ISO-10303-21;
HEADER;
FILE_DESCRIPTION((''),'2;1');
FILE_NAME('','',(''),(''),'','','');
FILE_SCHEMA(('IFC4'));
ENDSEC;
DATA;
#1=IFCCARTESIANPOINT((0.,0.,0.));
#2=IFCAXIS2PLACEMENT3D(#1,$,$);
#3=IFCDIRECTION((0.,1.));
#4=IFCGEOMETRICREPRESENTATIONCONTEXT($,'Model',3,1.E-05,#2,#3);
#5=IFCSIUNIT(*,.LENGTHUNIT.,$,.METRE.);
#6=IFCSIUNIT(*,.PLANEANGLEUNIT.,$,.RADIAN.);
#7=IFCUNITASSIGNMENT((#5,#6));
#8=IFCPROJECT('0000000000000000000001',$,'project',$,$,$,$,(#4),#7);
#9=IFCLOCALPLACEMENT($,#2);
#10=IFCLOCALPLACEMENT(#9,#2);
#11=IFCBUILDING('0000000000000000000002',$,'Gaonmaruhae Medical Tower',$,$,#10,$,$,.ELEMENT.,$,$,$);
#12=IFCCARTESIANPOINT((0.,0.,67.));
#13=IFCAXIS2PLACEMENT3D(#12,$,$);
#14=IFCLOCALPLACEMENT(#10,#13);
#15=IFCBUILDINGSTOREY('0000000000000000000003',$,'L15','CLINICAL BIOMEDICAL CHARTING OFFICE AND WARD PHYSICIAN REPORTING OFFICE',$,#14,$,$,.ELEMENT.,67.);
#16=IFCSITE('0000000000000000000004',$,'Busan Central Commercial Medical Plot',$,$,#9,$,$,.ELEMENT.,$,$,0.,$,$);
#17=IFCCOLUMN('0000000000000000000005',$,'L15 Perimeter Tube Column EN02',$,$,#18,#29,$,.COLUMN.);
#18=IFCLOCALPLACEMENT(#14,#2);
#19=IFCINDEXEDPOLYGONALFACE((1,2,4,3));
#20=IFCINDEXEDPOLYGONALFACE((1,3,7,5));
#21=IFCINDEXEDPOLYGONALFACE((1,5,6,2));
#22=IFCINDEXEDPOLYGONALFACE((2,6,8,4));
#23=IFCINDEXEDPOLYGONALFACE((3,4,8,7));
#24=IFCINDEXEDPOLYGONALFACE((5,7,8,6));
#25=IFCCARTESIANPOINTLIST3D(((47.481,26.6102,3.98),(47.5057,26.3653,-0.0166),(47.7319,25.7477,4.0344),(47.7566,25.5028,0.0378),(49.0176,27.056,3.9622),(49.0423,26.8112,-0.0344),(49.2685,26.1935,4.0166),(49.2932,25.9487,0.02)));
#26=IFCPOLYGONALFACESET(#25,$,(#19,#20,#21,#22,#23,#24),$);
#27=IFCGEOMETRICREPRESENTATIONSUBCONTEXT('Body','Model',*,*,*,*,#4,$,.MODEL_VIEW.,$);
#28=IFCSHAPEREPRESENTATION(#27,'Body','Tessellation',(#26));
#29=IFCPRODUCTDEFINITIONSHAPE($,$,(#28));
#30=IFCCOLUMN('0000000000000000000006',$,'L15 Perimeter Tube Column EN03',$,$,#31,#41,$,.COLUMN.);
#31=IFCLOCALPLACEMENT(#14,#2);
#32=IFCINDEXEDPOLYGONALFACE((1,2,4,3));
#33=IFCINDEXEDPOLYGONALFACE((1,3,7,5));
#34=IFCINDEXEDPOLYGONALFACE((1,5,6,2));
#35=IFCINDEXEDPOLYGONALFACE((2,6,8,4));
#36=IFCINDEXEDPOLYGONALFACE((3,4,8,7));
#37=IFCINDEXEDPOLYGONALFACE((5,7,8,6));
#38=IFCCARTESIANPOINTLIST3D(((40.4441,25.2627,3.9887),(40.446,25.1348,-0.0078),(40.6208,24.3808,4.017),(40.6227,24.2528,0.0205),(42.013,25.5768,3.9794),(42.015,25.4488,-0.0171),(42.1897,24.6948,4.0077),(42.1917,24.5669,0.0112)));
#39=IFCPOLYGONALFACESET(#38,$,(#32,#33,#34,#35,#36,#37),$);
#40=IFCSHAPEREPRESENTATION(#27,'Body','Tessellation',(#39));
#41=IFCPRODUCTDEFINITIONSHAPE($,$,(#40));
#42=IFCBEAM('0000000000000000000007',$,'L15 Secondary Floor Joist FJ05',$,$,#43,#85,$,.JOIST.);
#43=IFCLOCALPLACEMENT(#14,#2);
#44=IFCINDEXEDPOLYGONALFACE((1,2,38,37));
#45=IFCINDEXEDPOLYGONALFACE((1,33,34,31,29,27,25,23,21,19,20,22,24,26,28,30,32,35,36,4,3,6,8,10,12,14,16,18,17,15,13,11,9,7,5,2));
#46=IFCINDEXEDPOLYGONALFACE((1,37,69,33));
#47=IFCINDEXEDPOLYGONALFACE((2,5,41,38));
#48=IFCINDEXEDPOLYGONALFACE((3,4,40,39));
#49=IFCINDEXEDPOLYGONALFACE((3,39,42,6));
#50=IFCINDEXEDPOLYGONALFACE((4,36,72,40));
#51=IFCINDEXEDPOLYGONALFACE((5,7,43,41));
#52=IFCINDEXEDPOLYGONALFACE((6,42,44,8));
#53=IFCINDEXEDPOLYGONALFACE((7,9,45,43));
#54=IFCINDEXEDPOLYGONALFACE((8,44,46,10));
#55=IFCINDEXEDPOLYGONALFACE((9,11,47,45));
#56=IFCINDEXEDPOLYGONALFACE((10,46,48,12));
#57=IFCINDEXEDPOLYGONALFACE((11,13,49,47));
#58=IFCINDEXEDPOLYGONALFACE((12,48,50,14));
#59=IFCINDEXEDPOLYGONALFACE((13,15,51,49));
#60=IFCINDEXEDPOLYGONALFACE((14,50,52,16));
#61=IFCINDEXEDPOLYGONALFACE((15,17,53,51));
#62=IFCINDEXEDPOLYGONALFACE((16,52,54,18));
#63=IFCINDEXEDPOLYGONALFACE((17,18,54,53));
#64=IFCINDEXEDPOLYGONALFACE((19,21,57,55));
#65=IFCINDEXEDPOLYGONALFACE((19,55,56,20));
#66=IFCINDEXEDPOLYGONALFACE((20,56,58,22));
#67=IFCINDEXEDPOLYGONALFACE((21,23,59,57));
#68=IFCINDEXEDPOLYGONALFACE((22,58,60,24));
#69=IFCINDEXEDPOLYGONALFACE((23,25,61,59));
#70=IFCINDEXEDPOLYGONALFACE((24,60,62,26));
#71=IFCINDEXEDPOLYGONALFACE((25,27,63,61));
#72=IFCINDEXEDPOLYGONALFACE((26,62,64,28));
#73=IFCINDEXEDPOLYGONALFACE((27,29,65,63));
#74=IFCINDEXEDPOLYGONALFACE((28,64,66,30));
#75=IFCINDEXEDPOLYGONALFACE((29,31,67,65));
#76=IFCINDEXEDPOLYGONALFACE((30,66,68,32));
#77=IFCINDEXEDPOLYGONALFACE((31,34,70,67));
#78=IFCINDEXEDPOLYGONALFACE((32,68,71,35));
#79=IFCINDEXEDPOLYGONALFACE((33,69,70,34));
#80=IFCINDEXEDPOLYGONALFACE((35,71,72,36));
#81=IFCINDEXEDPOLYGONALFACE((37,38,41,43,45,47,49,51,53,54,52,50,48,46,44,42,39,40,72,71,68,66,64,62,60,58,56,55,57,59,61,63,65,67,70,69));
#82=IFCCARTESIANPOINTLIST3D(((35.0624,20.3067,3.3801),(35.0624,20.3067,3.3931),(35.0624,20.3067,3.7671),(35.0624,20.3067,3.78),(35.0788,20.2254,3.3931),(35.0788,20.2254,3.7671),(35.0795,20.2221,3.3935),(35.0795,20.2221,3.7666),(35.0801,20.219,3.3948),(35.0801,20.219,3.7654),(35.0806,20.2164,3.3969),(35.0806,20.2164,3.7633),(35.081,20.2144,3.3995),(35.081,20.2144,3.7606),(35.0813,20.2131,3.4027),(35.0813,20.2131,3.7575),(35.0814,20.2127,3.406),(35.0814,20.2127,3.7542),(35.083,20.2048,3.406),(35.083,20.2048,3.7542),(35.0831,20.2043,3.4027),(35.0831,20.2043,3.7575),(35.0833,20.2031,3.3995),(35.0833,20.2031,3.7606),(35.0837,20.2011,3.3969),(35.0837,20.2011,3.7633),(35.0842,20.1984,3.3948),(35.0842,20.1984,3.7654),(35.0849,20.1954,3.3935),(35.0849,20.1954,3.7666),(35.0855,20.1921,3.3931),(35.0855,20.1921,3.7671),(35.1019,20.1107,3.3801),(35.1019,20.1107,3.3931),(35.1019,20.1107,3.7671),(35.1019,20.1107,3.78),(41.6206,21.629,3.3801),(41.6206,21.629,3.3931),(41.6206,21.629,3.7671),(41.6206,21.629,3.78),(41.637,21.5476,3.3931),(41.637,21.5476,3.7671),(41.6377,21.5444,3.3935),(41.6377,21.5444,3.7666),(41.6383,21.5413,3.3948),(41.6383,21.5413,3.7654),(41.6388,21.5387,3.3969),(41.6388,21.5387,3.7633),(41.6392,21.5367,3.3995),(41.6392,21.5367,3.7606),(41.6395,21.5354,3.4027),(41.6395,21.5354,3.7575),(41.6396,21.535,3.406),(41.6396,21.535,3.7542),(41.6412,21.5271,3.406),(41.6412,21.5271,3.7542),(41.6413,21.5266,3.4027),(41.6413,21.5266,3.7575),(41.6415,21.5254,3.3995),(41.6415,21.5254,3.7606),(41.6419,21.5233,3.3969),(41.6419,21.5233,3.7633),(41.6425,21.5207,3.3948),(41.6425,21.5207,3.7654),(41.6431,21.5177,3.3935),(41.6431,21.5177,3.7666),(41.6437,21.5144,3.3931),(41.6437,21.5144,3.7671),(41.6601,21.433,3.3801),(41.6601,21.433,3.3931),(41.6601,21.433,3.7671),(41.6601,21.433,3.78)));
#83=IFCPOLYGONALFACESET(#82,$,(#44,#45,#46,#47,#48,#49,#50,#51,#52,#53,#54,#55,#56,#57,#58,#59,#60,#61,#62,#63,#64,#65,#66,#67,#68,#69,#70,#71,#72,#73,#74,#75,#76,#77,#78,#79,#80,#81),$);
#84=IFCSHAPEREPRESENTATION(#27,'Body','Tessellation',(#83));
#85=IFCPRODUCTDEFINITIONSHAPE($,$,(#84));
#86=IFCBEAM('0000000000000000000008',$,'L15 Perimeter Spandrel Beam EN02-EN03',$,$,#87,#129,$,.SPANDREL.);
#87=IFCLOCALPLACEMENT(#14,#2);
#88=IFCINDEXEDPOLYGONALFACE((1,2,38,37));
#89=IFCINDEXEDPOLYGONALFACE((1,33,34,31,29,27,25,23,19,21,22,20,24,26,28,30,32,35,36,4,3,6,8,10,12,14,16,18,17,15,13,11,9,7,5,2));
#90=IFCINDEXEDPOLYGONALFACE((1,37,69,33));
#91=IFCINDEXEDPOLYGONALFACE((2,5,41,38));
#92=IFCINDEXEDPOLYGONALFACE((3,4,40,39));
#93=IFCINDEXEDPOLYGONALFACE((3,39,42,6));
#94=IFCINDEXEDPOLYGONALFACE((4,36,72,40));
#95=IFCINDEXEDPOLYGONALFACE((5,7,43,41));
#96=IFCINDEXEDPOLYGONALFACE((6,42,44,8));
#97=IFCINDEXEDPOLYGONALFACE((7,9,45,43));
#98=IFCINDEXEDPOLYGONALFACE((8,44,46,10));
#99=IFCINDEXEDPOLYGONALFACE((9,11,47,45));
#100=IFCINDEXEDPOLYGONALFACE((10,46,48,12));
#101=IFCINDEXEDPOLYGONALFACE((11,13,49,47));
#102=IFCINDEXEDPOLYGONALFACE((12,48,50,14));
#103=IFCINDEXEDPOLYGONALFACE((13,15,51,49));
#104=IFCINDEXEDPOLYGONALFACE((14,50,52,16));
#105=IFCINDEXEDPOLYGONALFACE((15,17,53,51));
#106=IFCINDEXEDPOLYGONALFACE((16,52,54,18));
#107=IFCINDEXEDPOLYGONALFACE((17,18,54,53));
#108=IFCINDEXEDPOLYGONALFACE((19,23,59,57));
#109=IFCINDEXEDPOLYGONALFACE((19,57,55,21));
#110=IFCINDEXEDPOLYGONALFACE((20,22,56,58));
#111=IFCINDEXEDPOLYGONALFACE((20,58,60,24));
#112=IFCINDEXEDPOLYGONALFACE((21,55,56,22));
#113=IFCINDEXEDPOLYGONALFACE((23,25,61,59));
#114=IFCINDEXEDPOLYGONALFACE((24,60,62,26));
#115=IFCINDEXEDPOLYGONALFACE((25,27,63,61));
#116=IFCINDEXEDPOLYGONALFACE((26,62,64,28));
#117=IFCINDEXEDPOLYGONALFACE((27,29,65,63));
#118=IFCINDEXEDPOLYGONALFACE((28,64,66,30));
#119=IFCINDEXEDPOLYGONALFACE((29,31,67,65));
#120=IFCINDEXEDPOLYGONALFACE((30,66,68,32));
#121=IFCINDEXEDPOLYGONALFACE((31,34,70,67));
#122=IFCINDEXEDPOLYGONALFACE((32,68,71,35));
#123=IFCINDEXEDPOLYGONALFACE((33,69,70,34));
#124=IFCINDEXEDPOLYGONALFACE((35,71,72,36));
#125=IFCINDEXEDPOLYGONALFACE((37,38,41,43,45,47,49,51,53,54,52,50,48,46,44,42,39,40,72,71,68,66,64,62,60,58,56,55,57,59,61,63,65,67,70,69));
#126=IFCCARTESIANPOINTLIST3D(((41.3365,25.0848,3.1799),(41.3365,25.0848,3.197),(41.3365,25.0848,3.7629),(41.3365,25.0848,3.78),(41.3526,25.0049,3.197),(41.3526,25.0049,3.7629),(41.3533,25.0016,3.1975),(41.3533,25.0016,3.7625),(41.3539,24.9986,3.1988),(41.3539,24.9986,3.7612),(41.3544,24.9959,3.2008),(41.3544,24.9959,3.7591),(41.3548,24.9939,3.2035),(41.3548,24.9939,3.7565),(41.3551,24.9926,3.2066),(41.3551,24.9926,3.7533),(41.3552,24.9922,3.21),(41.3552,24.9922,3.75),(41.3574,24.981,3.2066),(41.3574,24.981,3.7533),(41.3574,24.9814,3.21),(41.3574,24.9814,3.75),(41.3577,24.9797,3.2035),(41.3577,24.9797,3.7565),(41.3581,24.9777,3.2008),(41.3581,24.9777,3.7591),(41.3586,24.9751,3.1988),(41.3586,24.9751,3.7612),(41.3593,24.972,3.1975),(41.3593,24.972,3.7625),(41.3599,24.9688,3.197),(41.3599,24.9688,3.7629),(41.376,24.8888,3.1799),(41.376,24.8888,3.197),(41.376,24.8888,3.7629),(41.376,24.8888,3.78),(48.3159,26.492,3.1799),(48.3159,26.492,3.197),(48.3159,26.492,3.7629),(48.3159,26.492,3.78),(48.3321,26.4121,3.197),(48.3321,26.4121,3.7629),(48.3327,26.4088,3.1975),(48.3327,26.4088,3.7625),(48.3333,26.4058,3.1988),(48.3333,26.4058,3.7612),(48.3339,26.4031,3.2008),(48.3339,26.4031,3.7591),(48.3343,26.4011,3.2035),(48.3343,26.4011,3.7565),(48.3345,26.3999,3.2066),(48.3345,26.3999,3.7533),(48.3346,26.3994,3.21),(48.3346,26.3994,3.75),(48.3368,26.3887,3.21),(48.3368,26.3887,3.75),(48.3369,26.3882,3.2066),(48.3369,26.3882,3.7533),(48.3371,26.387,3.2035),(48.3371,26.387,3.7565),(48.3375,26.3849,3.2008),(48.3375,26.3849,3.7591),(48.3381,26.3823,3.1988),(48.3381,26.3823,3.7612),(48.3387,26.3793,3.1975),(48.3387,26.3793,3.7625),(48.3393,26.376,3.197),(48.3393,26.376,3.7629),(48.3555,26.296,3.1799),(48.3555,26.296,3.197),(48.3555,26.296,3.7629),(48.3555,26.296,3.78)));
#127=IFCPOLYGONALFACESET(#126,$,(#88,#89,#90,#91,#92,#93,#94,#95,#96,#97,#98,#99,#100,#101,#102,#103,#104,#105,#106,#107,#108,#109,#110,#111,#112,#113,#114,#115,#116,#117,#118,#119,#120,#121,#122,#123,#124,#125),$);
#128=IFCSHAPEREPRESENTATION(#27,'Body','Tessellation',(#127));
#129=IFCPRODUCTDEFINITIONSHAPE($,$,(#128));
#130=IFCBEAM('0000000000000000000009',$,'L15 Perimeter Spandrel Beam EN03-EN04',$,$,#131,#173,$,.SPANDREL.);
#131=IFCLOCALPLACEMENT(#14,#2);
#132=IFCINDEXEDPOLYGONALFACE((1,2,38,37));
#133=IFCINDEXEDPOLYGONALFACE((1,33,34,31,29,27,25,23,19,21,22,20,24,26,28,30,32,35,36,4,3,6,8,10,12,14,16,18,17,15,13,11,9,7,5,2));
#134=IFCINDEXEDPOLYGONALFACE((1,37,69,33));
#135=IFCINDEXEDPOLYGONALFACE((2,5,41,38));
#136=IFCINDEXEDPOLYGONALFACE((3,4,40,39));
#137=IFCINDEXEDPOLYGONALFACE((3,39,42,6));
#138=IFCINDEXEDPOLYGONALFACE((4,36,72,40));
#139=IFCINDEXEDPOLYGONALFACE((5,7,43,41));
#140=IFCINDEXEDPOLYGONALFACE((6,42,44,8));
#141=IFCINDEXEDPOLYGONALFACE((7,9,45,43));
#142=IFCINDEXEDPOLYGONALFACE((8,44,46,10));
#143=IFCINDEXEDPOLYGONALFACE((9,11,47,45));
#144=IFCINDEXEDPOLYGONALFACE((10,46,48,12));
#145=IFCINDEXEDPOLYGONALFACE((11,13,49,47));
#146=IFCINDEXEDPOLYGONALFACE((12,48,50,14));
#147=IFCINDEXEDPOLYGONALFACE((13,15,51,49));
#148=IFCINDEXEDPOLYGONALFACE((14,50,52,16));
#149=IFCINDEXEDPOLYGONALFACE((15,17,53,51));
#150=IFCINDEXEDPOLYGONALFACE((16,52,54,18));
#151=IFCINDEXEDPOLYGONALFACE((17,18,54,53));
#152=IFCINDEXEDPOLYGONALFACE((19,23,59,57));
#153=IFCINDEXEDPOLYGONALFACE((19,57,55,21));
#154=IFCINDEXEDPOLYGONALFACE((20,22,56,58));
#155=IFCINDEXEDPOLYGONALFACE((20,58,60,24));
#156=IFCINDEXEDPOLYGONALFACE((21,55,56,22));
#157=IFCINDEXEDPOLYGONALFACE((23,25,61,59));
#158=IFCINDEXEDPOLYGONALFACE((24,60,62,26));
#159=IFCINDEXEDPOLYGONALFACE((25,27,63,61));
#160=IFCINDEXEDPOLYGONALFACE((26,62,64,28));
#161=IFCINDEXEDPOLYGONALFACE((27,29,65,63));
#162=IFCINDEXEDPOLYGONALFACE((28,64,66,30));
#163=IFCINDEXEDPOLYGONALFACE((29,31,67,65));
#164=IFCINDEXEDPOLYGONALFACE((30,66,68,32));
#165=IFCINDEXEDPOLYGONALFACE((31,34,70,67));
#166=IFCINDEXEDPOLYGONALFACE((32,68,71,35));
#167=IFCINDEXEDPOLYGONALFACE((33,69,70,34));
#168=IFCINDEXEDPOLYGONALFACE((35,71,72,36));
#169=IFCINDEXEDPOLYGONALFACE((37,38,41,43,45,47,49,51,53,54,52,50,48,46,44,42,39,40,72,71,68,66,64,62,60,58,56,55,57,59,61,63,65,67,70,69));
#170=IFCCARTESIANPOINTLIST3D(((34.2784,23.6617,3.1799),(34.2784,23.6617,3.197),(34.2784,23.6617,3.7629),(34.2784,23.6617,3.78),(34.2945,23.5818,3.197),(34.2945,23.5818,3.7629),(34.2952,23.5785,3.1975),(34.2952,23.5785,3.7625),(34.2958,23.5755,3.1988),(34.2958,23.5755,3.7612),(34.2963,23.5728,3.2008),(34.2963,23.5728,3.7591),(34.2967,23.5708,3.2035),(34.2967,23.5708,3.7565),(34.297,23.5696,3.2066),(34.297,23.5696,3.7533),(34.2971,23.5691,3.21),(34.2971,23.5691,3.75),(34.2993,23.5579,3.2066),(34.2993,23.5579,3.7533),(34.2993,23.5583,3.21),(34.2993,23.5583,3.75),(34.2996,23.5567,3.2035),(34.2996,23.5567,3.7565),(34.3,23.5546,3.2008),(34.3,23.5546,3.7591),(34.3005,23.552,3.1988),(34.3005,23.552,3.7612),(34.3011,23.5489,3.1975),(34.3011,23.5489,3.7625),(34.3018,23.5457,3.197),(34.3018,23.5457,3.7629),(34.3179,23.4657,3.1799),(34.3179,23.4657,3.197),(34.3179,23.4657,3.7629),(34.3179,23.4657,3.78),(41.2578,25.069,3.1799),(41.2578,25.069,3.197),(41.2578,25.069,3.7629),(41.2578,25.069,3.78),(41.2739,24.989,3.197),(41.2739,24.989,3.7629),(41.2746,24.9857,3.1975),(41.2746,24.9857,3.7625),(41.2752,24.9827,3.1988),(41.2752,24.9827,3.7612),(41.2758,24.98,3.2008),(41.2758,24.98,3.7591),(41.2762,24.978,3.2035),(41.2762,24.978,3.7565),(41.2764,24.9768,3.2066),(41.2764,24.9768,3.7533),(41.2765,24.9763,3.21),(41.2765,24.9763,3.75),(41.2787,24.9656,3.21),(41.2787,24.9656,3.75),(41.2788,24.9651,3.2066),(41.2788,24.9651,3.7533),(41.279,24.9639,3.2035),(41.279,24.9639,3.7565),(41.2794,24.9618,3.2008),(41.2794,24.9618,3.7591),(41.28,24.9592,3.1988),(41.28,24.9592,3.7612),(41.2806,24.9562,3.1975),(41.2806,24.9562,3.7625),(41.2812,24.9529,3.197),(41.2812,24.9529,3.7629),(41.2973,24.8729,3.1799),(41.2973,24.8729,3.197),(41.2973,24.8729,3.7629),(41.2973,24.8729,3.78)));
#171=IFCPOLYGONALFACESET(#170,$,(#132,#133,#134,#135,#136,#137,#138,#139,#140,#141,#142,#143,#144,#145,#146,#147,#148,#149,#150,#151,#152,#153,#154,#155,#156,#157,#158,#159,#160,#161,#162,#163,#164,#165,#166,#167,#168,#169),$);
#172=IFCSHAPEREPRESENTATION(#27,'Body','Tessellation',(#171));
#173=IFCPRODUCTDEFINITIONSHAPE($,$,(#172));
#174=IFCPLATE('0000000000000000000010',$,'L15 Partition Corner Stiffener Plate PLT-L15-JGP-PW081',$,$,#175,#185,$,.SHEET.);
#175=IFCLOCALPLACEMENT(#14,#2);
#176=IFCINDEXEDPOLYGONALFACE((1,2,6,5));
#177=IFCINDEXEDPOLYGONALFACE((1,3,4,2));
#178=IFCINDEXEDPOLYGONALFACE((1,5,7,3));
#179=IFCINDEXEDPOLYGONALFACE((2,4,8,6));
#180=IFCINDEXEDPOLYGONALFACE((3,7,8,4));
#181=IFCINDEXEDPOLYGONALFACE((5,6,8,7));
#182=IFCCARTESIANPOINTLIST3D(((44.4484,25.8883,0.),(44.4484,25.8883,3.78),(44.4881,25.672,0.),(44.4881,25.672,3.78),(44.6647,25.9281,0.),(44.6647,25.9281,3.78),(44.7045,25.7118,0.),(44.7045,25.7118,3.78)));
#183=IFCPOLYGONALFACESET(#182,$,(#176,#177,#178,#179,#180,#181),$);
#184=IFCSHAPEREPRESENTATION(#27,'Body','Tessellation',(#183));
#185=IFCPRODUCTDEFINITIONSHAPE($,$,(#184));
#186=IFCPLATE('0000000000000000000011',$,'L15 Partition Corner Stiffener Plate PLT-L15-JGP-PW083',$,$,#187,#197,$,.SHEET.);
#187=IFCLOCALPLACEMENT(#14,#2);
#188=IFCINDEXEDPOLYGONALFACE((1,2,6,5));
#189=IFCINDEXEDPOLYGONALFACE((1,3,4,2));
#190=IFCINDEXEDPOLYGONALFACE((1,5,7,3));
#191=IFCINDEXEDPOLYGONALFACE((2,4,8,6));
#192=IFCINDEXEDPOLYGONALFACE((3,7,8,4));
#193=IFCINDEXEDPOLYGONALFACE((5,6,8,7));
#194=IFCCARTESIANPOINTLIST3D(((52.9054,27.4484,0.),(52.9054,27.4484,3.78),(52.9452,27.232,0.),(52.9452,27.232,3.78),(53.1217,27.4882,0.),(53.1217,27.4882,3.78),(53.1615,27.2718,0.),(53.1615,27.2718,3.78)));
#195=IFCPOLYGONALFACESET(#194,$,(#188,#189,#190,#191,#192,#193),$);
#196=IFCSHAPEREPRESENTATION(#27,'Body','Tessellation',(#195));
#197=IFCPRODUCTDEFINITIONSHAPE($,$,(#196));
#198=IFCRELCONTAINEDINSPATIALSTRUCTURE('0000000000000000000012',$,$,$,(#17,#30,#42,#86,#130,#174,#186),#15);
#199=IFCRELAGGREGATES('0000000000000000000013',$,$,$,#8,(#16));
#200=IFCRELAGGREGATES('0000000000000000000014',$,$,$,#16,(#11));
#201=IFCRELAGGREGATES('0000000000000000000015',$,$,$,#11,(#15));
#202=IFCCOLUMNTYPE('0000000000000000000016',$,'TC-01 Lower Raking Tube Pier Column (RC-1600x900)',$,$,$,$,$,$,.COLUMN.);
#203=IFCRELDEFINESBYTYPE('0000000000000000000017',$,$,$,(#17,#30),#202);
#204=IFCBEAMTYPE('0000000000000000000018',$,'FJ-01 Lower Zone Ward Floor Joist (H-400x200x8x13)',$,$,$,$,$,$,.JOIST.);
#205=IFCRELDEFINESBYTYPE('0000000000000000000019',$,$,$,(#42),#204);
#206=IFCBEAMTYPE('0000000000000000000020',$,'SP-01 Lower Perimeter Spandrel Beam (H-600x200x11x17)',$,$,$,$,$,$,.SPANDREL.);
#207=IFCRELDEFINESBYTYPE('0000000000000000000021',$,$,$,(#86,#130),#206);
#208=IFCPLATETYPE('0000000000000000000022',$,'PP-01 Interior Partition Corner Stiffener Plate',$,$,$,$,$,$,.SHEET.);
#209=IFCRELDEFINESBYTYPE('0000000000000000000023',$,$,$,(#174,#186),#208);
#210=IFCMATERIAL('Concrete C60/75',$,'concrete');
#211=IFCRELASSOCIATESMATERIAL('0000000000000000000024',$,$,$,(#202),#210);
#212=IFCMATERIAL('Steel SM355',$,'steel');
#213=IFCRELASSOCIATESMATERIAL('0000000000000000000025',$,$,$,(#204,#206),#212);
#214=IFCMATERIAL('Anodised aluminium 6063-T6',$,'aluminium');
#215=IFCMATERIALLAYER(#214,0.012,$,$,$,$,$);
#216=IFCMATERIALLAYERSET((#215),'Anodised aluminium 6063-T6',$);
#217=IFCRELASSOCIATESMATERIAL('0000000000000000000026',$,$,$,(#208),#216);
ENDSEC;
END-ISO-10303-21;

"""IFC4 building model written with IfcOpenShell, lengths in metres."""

from ifc_helpers import new_model, si_unit, direction, frame, origin, origin_2d, place, context, subcontext, project, spatial, rectangle, i_section, extrude, material, layer, layer_set, material_profile, profile_set, type_object, element, save


model = new_model("IFC4")

# Units and contexts
model_context = context("Model", 3, precision=1e-05, world=origin(), true_north=direction((0.0, 1.0)))
body_context = subcontext(model_context, "Body", "Model", "MODEL_VIEW")
ifc_project = project(units=[si_unit("LENGTHUNIT", "METRE"), si_unit("PLANEANGLEUNIT", "RADIAN")], contexts=[model_context])

# Site, building, storey
site_placement = place(None, origin())
site = spatial("IfcSite", under=ifc_project, at=site_placement, Name="Busan Central Commercial Medical Plot", CompositionType="ELEMENT", RefElevation=0.0)
building_placement = place(site_placement, origin())
building = spatial("IfcBuilding", under=site, at=building_placement, Name="Gaonmaruhae Medical Tower", CompositionType="ELEMENT")
storey_placement = place(building_placement, frame((0.0, 0.0, 67.0)))
storey = spatial("IfcBuildingStorey", under=building, at=storey_placement, Name="L15", Description="CLINICAL BIOMEDICAL CHARTING OFFICE AND WARD PHYSICIAN REPORTING OFFICE", CompositionType="ELEMENT", Elevation=67.0)

# Columns
ifc_material_1 = material(Name="Concrete C60/75", Category="concrete")
ifc_material_profile_1 = material_profile(ifc_material_1, rectangle(XDim=1.6001, YDim=0.8999, at=origin_2d()), Name="RC-1600x900")
ifc_profile_set_1 = profile_set([ifc_material_profile_1], Name="Concrete C60/75")
column_type = type_object("IfcColumnType", Name="TC-01 Lower Raking Tube Pier Column (RC-1600x900)", PredefinedType="COLUMN", material=ifc_profile_set_1)
column_1_placement = place(storey_placement, frame((48.3994, 26.157, 0.0017), z_axis=(-0.006158, 0.061155, 0.998109), x_axis=(-0.960327, -0.278653, 0.011148)))
element("IfcColumn", 1, at=column_1_placement, inside=storey, type_object=column_type, Name="L15 Perimeter Tube Column EN02", PredefinedType="COLUMN", context=body_context, shape_type="SweptSolid", body=[
    extrude(rectangle(XDim=1.6001, YDim=0.8999, at=origin_2d()), origin(), (0.0, 0.0, 1.0), 4.0042),
])
column_2_placement = place(storey_placement, frame((41.3188, 24.8508, 0.0017), z_axis=(-0.000488, 0.031993, 0.999488), x_axis=(-0.980532, -0.196276, 0.005804)))
element("IfcColumn", 2, at=column_2_placement, inside=storey, type_object=column_type, Name="L15 Perimeter Tube Column EN03", PredefinedType="COLUMN", context=body_context, shape_type="SweptSolid", body=[
    extrude(rectangle(XDim=1.6001, YDim=0.8999, at=origin_2d()), origin(), (0.0, 0.0, 1.0), 3.9985),
])

# Beams
ifc_material_2 = material(Name="Steel SM355", Category="steel")
ifc_material_profile_2 = material_profile(ifc_material_2, i_section(OverallWidth=0.2, OverallDepth=0.3999, WebThickness=0.0081, FlangeThickness=0.0129, FilletRadius=0.0129, at=origin_2d()), Name="H-400x200x8x13")
ifc_profile_set_2 = profile_set([ifc_material_profile_2], Name="Steel SM355")
beam_type_1 = type_object("IfcBeamType", Name="FJ-01 Lower Zone Ward Floor Joist (H-400x200x8x13)", PredefinedType="JOIST", material=ifc_profile_set_2)
beam_placement = place(storey_placement, frame((41.6404, 21.531, 3.5801), z_axis=(-0.980274, -0.197646, 0.0), x_axis=(0.197646, -0.980274, 0.0)))
element("IfcBeam", 3, at=beam_placement, inside=storey, type_object=beam_type_1, Name="L15 Secondary Floor Joist FJ05", PredefinedType="JOIST", context=body_context, shape_type="SweptSolid", body=[
    extrude(i_section(OverallWidth=0.2, OverallDepth=0.3999, WebThickness=0.0081, FlangeThickness=0.0129, FilletRadius=0.0129, at=origin_2d()), origin(), (0.0, 0.0, 1.0), 6.6902),
])
ifc_material_profile_3 = material_profile(ifc_material_2, i_section(OverallWidth=0.2, OverallDepth=0.6001, WebThickness=0.011, FlangeThickness=0.0171, FilletRadius=0.0129, at=origin_2d()), Name="H-600x200x11x17")
ifc_profile_set_3 = profile_set([ifc_material_profile_3], Name="Steel SM355")
beam_type_2 = type_object("IfcBeamType", Name="SP-01 Lower Perimeter Spandrel Beam (H-600x200x11x17)", PredefinedType="SPANDREL", material=ifc_profile_set_3)
for number, where, z_axis, x_axis, name in (
    (4, (48.3357, 26.394, 3.48), (-0.980274, -0.197646, 0.0), (0.197646, -0.980274, 0.0), "L15 Perimeter Spandrel Beam EN02-EN03"),
    (5, (41.2776, 24.9709, 3.48), (-0.980274, -0.197646, 0.0), (0.197646, -0.980274, 0.0), "L15 Perimeter Spandrel Beam EN03-EN04"),
):
    element("IfcBeam", number, at=place(storey_placement, frame(where, z_axis=z_axis, x_axis=x_axis)), inside=storey, type_object=beam_type_2, Name=name, PredefinedType="SPANDREL", context=body_context, shape_type="SweptSolid", body=[
        extrude(i_section(OverallWidth=0.2, OverallDepth=0.6001, WebThickness=0.011, FlangeThickness=0.0171, FilletRadius=0.0129, at=origin_2d()), origin(), (0.0, 0.0, 1.0), 7.1199),
    ])

# Plates
ifc_material_3 = material(Name="Anodised aluminium 6063-T6", Category="aluminium")
ifc_layer_1 = layer(ifc_material_3, 0.012)
ifc_layer_set_1 = layer_set([ifc_layer_1], Name="Anodised aluminium 6063-T6")
plate_type = type_object("IfcPlateType", Name="PP-01 Interior Partition Corner Stiffener Plate", PredefinedType="SHEET", material=ifc_layer_set_1)
for number, where, z_axis, x_axis, name in (
    (6, (44.5764, 25.8, 0.0), (0.0, 0.0, 1.0), (-0.180794, 0.983521, 0.0), "L15 Partition Corner Stiffener Plate PLT-L15-JGP-PW081"),
    (7, (53.0334, 27.3601, 0.0), (0.0, 0.0, 1.0), (0.180794, -0.983521, 0.0), "L15 Partition Corner Stiffener Plate PLT-L15-JGP-PW083"),
):
    element("IfcPlate", number, at=place(storey_placement, frame(where, z_axis=z_axis, x_axis=x_axis)), inside=storey, type_object=plate_type, Name=name, PredefinedType="SHEET", context=body_context, shape_type="SweptSolid", body=[
        extrude(rectangle(XDim=0.22, YDim=0.22, at=origin_2d()), origin(), (0.0, 0.0, 1.0), 3.78),
    ])

save(model, "model.ifc")
